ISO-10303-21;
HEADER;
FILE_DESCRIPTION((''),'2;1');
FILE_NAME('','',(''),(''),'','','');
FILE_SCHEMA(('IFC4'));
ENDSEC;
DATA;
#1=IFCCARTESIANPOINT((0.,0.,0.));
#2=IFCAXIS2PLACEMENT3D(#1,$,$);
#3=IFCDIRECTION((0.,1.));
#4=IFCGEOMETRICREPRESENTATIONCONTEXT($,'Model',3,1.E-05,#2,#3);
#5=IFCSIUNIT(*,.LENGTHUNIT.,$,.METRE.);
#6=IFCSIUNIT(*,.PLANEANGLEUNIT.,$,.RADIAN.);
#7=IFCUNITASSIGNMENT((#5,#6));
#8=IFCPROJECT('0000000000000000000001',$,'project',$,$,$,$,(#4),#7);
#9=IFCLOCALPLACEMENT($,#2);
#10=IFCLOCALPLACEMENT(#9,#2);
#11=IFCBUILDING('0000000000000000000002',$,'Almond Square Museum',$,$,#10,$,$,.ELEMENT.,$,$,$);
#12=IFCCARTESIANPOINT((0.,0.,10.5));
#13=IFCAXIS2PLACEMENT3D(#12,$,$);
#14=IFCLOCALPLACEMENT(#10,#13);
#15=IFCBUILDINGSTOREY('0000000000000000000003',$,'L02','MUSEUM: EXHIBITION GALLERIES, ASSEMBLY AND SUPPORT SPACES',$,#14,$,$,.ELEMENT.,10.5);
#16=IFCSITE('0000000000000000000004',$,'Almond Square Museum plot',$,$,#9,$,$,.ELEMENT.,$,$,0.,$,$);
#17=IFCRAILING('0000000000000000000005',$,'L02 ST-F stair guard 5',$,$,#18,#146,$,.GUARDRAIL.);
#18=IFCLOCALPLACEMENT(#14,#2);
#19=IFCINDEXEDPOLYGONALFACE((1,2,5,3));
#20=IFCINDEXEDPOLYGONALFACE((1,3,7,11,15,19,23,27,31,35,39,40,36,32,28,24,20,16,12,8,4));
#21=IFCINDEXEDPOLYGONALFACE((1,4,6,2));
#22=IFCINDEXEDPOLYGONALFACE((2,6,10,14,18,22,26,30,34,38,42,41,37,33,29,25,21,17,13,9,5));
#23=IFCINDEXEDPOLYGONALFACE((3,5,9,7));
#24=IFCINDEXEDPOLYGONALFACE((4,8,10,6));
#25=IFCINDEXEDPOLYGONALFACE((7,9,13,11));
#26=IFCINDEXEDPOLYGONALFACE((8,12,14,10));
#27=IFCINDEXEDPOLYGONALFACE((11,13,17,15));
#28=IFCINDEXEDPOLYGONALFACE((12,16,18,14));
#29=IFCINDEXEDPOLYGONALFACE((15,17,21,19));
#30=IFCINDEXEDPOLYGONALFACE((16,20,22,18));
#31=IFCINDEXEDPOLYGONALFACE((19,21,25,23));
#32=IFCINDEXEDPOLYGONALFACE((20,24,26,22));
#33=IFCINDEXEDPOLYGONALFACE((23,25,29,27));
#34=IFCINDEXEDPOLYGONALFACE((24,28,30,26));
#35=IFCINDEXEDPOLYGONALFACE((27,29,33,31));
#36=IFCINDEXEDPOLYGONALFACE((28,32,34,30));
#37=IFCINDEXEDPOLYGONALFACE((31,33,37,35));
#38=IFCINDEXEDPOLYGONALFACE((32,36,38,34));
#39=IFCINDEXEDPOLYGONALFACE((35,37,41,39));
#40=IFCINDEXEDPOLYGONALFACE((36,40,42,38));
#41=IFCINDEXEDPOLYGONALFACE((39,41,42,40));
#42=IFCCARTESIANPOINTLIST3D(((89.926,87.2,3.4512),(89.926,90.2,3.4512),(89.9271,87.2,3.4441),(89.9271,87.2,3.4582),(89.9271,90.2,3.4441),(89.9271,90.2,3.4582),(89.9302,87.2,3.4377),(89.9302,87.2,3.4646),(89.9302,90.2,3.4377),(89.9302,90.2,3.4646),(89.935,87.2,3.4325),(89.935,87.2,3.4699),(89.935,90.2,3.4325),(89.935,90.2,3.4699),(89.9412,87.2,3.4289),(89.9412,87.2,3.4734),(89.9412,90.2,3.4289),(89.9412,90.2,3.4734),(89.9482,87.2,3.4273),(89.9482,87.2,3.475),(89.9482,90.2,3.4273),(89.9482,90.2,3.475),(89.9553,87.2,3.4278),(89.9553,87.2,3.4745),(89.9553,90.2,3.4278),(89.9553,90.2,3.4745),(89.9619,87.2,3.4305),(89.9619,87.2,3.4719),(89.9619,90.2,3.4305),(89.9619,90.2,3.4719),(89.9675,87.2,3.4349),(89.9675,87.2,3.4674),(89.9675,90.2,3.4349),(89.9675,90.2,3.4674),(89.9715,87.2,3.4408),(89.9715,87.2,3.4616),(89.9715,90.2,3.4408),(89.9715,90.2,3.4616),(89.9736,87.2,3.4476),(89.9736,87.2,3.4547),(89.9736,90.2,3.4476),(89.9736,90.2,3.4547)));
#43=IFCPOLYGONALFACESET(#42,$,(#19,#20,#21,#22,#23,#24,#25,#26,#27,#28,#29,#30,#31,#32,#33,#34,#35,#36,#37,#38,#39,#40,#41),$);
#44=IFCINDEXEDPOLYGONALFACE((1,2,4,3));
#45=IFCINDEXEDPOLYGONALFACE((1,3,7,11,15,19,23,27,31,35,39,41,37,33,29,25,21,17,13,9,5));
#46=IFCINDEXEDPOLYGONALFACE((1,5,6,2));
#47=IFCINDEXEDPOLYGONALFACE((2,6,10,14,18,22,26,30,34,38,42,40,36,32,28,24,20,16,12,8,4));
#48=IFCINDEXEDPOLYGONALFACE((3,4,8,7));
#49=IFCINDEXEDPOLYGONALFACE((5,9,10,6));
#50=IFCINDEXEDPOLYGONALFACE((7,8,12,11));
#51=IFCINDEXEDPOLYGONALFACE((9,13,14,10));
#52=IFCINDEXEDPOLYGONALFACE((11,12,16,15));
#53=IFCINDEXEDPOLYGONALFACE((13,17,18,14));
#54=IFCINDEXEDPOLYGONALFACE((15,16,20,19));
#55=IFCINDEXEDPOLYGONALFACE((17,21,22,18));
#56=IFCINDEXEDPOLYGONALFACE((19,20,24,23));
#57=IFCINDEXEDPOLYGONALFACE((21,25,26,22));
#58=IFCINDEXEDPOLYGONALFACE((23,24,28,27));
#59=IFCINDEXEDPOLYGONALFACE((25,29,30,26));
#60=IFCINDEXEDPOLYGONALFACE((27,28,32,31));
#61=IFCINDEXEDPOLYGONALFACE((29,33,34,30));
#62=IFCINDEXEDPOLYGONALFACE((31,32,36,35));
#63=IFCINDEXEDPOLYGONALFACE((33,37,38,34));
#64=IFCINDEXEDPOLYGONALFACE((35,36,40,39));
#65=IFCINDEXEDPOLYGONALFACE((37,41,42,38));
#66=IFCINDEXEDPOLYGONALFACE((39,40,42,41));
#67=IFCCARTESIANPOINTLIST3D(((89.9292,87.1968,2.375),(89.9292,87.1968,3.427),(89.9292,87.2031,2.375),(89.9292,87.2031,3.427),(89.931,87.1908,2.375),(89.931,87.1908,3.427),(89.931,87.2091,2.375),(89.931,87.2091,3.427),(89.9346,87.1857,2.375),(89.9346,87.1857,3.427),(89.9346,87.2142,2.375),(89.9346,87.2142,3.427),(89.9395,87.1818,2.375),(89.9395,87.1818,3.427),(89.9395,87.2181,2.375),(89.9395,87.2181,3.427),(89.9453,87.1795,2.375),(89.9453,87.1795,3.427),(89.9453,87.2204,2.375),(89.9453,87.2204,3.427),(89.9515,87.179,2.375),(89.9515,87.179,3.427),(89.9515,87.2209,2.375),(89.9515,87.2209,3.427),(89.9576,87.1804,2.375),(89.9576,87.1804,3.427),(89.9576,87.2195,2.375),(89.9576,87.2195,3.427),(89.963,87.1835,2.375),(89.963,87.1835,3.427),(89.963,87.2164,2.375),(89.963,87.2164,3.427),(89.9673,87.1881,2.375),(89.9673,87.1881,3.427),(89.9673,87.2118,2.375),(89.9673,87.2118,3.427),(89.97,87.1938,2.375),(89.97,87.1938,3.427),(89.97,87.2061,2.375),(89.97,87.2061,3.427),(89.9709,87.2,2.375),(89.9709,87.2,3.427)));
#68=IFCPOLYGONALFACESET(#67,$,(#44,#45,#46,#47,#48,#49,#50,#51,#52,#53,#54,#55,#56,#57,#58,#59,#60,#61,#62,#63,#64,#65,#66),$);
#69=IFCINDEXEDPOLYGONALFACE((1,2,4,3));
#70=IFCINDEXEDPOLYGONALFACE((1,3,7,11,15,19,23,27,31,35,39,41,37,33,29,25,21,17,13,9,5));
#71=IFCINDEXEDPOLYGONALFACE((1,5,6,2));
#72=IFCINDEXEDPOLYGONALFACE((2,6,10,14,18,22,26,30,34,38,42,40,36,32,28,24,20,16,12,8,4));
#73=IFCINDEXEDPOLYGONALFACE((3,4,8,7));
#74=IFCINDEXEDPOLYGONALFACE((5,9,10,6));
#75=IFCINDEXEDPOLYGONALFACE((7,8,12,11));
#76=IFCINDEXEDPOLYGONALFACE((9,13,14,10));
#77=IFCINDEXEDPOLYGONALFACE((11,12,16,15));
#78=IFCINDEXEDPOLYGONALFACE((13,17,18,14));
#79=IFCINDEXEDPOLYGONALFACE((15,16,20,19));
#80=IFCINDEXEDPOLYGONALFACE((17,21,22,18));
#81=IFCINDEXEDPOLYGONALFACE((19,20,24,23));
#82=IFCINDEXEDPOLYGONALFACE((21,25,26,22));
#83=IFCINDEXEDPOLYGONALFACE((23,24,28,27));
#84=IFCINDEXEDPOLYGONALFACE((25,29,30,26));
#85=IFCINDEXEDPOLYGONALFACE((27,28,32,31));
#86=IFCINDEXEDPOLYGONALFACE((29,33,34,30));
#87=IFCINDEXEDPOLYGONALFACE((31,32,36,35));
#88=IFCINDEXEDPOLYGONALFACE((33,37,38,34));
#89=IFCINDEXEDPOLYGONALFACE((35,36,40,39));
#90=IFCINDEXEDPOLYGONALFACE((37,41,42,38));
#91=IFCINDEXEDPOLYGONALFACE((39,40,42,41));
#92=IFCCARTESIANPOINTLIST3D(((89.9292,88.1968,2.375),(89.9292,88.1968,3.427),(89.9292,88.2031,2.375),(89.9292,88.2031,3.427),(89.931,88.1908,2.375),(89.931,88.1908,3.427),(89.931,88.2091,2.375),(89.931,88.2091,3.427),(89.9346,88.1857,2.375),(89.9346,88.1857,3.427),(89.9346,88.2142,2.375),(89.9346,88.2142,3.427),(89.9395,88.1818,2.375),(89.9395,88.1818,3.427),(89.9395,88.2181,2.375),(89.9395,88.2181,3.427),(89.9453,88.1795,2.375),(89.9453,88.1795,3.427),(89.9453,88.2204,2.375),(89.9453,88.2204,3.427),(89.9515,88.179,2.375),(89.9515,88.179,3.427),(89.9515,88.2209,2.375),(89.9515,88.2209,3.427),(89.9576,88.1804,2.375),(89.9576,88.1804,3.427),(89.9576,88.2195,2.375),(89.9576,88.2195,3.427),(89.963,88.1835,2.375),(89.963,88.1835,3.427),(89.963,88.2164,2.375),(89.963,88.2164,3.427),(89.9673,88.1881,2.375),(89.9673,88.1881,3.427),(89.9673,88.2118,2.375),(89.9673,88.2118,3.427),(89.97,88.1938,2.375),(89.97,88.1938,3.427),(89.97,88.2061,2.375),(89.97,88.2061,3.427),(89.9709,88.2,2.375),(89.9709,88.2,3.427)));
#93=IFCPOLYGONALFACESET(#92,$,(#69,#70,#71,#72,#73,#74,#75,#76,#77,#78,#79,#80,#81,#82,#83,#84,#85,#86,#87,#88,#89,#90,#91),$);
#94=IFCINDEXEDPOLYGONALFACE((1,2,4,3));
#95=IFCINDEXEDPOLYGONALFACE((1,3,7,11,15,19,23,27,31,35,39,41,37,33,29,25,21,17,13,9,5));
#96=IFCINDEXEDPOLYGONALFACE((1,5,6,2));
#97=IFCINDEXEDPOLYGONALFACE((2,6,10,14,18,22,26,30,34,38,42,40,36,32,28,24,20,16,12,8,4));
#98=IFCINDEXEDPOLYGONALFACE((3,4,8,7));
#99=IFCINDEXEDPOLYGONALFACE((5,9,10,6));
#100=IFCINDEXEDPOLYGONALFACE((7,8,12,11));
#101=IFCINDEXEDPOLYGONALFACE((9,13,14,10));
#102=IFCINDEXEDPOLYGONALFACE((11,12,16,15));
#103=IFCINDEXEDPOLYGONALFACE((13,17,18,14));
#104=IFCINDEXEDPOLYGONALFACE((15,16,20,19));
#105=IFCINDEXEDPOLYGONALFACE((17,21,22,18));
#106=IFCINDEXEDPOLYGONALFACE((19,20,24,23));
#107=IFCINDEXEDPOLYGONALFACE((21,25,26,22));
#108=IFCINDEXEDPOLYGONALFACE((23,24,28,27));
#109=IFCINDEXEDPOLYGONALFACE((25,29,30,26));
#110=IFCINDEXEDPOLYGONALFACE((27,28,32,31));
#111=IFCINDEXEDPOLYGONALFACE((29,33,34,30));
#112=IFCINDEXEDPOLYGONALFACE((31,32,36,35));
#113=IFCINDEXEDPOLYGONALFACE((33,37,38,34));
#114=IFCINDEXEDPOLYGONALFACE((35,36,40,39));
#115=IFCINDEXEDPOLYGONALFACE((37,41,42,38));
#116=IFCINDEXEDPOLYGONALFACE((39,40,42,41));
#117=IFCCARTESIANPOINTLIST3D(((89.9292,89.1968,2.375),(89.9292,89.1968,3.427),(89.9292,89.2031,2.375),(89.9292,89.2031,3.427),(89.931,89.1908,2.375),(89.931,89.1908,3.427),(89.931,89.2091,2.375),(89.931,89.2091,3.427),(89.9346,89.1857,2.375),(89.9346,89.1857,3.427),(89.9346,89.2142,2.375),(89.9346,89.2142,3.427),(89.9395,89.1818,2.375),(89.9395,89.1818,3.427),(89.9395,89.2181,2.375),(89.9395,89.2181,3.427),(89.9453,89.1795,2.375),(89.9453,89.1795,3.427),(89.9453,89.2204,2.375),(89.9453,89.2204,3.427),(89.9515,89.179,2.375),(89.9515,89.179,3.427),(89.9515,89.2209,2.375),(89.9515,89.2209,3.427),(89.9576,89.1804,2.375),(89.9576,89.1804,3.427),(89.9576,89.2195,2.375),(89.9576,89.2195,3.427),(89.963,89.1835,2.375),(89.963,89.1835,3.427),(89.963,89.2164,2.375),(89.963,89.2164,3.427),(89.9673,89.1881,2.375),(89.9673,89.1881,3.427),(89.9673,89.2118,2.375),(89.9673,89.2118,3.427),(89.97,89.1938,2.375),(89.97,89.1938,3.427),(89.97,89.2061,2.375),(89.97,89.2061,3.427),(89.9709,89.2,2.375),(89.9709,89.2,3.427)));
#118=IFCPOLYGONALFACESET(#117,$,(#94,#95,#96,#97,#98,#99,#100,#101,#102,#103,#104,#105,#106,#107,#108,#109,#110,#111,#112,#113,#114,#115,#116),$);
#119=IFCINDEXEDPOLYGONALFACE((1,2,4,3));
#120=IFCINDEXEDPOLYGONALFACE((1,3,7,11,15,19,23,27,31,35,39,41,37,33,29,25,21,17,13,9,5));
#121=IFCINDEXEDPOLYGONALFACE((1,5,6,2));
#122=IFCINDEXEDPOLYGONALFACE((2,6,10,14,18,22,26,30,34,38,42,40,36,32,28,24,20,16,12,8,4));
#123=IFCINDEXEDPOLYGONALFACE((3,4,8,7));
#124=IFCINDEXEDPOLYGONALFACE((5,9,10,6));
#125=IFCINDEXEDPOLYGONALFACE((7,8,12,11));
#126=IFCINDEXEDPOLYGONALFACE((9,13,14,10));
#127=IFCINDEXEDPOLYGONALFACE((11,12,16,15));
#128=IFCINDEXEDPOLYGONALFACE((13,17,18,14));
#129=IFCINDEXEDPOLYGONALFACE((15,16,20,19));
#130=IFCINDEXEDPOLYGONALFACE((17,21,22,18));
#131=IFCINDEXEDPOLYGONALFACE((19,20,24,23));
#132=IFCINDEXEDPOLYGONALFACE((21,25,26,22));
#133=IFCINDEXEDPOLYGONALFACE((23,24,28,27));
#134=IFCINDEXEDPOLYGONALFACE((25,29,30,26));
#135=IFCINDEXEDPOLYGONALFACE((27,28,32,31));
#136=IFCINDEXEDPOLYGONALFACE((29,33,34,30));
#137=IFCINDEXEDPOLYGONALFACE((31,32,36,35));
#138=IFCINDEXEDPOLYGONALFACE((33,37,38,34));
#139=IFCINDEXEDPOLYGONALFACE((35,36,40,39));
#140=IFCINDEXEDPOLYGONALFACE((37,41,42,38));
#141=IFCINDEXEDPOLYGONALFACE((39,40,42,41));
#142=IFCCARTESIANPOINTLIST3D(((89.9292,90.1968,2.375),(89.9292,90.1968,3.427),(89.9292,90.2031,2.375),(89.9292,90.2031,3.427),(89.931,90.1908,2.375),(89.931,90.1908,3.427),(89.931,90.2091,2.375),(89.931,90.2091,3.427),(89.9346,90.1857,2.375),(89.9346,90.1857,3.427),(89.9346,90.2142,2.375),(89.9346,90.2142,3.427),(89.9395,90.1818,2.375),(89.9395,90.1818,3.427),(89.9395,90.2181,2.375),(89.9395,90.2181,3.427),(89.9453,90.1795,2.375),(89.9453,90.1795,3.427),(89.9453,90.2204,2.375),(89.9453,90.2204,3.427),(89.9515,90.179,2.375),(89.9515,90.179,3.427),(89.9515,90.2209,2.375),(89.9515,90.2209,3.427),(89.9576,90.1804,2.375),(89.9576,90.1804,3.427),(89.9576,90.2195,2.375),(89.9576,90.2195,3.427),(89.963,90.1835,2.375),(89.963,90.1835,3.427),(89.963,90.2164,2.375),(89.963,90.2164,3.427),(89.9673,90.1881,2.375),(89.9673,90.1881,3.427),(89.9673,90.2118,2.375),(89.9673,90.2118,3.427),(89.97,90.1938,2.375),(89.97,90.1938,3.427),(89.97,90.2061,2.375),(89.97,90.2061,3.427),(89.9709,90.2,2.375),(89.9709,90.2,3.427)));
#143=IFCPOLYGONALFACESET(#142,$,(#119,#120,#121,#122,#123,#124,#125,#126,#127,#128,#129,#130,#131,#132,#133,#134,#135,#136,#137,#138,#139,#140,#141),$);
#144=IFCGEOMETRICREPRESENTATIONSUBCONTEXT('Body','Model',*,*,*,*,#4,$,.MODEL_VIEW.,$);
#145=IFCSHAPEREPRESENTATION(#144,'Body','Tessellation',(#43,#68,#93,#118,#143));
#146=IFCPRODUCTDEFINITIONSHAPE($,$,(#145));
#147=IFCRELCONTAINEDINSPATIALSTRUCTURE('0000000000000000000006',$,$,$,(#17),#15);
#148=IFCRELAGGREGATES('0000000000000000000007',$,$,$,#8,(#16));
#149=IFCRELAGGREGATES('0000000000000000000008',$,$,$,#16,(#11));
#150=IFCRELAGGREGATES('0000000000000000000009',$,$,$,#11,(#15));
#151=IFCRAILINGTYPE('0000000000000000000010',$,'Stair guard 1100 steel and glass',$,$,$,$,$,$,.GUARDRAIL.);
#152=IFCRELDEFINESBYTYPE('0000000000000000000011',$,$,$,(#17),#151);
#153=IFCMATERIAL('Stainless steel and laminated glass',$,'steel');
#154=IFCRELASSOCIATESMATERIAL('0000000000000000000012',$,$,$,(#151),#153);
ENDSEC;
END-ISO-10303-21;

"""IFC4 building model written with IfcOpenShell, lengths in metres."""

from ifc_helpers import new_model, si_unit, direction, frame, origin, origin_2d, place, context, subcontext, project, spatial, circle, extrude, material, type_object, element, save


model = new_model("IFC4")

# Units and contexts
model_context = context("Model", 3, precision=1e-05, world=origin(), true_north=direction((0.0, 1.0)))
body_context = subcontext(model_context, "Body", "Model", "MODEL_VIEW")
ifc_project = project(units=[si_unit("LENGTHUNIT", "METRE"), si_unit("PLANEANGLEUNIT", "RADIAN")], contexts=[model_context])

# Site, building, storey
site_placement = place(None, origin())
site = spatial("IfcSite", under=ifc_project, at=site_placement, Name="Almond Square Museum plot", CompositionType="ELEMENT", RefElevation=0.0)
building_placement = place(site_placement, origin())
building = spatial("IfcBuilding", under=site, at=building_placement, Name="Almond Square Museum", CompositionType="ELEMENT")
storey_placement = place(building_placement, frame((0.0, 0.0, 10.5)))
storey = spatial("IfcBuildingStorey", under=building, at=storey_placement, Name="L02", Description="MUSEUM: EXHIBITION GALLERIES, ASSEMBLY AND SUPPORT SPACES", CompositionType="ELEMENT", Elevation=10.5)

# Railing
ifc_material_1 = material(Name="Stainless steel and laminated glass", Category="steel")
railing_type_1 = type_object("IfcRailingType", Name="Stair guard 1100 steel and glass", PredefinedType="GUARDRAIL", material=ifc_material_1)
railing_1_placement = place(storey_placement, frame((89.95, 87.2, 2.375)))
element("IfcRailing", 1, at=railing_1_placement, inside=storey, type_object=railing_type_1, Name="L02 ST-F stair guard 5", PredefinedType="GUARDRAIL", context=body_context, shape_type="SweptSolid", body=[
    extrude(circle(Radius=0.0239, at=origin_2d()), frame((0.0, 0.0, 1.0762), z_axis=(0.0, 1.0, 0.0), x_axis=(-1.0, 0.0, 0.0)), (0.0, 0.0, 1.0), 3.0),
    extrude(circle(Radius=0.021, at=origin_2d()), origin(), (0.0, 0.0, 1.0), 1.052),
    extrude(circle(Radius=0.021, at=origin_2d()), frame((0.0, 1.0, 0.0)), (0.0, 0.0, 1.0), 1.052),
    extrude(circle(Radius=0.021, at=origin_2d()), frame((0.0, 2.0, 0.0)), (0.0, 0.0, 1.0), 1.052),
    extrude(circle(Radius=0.021, at=origin_2d()), frame((0.0, 3.0, 0.0)), (0.0, 0.0, 1.0), 1.052),
])

save(model, "model.ifc")
